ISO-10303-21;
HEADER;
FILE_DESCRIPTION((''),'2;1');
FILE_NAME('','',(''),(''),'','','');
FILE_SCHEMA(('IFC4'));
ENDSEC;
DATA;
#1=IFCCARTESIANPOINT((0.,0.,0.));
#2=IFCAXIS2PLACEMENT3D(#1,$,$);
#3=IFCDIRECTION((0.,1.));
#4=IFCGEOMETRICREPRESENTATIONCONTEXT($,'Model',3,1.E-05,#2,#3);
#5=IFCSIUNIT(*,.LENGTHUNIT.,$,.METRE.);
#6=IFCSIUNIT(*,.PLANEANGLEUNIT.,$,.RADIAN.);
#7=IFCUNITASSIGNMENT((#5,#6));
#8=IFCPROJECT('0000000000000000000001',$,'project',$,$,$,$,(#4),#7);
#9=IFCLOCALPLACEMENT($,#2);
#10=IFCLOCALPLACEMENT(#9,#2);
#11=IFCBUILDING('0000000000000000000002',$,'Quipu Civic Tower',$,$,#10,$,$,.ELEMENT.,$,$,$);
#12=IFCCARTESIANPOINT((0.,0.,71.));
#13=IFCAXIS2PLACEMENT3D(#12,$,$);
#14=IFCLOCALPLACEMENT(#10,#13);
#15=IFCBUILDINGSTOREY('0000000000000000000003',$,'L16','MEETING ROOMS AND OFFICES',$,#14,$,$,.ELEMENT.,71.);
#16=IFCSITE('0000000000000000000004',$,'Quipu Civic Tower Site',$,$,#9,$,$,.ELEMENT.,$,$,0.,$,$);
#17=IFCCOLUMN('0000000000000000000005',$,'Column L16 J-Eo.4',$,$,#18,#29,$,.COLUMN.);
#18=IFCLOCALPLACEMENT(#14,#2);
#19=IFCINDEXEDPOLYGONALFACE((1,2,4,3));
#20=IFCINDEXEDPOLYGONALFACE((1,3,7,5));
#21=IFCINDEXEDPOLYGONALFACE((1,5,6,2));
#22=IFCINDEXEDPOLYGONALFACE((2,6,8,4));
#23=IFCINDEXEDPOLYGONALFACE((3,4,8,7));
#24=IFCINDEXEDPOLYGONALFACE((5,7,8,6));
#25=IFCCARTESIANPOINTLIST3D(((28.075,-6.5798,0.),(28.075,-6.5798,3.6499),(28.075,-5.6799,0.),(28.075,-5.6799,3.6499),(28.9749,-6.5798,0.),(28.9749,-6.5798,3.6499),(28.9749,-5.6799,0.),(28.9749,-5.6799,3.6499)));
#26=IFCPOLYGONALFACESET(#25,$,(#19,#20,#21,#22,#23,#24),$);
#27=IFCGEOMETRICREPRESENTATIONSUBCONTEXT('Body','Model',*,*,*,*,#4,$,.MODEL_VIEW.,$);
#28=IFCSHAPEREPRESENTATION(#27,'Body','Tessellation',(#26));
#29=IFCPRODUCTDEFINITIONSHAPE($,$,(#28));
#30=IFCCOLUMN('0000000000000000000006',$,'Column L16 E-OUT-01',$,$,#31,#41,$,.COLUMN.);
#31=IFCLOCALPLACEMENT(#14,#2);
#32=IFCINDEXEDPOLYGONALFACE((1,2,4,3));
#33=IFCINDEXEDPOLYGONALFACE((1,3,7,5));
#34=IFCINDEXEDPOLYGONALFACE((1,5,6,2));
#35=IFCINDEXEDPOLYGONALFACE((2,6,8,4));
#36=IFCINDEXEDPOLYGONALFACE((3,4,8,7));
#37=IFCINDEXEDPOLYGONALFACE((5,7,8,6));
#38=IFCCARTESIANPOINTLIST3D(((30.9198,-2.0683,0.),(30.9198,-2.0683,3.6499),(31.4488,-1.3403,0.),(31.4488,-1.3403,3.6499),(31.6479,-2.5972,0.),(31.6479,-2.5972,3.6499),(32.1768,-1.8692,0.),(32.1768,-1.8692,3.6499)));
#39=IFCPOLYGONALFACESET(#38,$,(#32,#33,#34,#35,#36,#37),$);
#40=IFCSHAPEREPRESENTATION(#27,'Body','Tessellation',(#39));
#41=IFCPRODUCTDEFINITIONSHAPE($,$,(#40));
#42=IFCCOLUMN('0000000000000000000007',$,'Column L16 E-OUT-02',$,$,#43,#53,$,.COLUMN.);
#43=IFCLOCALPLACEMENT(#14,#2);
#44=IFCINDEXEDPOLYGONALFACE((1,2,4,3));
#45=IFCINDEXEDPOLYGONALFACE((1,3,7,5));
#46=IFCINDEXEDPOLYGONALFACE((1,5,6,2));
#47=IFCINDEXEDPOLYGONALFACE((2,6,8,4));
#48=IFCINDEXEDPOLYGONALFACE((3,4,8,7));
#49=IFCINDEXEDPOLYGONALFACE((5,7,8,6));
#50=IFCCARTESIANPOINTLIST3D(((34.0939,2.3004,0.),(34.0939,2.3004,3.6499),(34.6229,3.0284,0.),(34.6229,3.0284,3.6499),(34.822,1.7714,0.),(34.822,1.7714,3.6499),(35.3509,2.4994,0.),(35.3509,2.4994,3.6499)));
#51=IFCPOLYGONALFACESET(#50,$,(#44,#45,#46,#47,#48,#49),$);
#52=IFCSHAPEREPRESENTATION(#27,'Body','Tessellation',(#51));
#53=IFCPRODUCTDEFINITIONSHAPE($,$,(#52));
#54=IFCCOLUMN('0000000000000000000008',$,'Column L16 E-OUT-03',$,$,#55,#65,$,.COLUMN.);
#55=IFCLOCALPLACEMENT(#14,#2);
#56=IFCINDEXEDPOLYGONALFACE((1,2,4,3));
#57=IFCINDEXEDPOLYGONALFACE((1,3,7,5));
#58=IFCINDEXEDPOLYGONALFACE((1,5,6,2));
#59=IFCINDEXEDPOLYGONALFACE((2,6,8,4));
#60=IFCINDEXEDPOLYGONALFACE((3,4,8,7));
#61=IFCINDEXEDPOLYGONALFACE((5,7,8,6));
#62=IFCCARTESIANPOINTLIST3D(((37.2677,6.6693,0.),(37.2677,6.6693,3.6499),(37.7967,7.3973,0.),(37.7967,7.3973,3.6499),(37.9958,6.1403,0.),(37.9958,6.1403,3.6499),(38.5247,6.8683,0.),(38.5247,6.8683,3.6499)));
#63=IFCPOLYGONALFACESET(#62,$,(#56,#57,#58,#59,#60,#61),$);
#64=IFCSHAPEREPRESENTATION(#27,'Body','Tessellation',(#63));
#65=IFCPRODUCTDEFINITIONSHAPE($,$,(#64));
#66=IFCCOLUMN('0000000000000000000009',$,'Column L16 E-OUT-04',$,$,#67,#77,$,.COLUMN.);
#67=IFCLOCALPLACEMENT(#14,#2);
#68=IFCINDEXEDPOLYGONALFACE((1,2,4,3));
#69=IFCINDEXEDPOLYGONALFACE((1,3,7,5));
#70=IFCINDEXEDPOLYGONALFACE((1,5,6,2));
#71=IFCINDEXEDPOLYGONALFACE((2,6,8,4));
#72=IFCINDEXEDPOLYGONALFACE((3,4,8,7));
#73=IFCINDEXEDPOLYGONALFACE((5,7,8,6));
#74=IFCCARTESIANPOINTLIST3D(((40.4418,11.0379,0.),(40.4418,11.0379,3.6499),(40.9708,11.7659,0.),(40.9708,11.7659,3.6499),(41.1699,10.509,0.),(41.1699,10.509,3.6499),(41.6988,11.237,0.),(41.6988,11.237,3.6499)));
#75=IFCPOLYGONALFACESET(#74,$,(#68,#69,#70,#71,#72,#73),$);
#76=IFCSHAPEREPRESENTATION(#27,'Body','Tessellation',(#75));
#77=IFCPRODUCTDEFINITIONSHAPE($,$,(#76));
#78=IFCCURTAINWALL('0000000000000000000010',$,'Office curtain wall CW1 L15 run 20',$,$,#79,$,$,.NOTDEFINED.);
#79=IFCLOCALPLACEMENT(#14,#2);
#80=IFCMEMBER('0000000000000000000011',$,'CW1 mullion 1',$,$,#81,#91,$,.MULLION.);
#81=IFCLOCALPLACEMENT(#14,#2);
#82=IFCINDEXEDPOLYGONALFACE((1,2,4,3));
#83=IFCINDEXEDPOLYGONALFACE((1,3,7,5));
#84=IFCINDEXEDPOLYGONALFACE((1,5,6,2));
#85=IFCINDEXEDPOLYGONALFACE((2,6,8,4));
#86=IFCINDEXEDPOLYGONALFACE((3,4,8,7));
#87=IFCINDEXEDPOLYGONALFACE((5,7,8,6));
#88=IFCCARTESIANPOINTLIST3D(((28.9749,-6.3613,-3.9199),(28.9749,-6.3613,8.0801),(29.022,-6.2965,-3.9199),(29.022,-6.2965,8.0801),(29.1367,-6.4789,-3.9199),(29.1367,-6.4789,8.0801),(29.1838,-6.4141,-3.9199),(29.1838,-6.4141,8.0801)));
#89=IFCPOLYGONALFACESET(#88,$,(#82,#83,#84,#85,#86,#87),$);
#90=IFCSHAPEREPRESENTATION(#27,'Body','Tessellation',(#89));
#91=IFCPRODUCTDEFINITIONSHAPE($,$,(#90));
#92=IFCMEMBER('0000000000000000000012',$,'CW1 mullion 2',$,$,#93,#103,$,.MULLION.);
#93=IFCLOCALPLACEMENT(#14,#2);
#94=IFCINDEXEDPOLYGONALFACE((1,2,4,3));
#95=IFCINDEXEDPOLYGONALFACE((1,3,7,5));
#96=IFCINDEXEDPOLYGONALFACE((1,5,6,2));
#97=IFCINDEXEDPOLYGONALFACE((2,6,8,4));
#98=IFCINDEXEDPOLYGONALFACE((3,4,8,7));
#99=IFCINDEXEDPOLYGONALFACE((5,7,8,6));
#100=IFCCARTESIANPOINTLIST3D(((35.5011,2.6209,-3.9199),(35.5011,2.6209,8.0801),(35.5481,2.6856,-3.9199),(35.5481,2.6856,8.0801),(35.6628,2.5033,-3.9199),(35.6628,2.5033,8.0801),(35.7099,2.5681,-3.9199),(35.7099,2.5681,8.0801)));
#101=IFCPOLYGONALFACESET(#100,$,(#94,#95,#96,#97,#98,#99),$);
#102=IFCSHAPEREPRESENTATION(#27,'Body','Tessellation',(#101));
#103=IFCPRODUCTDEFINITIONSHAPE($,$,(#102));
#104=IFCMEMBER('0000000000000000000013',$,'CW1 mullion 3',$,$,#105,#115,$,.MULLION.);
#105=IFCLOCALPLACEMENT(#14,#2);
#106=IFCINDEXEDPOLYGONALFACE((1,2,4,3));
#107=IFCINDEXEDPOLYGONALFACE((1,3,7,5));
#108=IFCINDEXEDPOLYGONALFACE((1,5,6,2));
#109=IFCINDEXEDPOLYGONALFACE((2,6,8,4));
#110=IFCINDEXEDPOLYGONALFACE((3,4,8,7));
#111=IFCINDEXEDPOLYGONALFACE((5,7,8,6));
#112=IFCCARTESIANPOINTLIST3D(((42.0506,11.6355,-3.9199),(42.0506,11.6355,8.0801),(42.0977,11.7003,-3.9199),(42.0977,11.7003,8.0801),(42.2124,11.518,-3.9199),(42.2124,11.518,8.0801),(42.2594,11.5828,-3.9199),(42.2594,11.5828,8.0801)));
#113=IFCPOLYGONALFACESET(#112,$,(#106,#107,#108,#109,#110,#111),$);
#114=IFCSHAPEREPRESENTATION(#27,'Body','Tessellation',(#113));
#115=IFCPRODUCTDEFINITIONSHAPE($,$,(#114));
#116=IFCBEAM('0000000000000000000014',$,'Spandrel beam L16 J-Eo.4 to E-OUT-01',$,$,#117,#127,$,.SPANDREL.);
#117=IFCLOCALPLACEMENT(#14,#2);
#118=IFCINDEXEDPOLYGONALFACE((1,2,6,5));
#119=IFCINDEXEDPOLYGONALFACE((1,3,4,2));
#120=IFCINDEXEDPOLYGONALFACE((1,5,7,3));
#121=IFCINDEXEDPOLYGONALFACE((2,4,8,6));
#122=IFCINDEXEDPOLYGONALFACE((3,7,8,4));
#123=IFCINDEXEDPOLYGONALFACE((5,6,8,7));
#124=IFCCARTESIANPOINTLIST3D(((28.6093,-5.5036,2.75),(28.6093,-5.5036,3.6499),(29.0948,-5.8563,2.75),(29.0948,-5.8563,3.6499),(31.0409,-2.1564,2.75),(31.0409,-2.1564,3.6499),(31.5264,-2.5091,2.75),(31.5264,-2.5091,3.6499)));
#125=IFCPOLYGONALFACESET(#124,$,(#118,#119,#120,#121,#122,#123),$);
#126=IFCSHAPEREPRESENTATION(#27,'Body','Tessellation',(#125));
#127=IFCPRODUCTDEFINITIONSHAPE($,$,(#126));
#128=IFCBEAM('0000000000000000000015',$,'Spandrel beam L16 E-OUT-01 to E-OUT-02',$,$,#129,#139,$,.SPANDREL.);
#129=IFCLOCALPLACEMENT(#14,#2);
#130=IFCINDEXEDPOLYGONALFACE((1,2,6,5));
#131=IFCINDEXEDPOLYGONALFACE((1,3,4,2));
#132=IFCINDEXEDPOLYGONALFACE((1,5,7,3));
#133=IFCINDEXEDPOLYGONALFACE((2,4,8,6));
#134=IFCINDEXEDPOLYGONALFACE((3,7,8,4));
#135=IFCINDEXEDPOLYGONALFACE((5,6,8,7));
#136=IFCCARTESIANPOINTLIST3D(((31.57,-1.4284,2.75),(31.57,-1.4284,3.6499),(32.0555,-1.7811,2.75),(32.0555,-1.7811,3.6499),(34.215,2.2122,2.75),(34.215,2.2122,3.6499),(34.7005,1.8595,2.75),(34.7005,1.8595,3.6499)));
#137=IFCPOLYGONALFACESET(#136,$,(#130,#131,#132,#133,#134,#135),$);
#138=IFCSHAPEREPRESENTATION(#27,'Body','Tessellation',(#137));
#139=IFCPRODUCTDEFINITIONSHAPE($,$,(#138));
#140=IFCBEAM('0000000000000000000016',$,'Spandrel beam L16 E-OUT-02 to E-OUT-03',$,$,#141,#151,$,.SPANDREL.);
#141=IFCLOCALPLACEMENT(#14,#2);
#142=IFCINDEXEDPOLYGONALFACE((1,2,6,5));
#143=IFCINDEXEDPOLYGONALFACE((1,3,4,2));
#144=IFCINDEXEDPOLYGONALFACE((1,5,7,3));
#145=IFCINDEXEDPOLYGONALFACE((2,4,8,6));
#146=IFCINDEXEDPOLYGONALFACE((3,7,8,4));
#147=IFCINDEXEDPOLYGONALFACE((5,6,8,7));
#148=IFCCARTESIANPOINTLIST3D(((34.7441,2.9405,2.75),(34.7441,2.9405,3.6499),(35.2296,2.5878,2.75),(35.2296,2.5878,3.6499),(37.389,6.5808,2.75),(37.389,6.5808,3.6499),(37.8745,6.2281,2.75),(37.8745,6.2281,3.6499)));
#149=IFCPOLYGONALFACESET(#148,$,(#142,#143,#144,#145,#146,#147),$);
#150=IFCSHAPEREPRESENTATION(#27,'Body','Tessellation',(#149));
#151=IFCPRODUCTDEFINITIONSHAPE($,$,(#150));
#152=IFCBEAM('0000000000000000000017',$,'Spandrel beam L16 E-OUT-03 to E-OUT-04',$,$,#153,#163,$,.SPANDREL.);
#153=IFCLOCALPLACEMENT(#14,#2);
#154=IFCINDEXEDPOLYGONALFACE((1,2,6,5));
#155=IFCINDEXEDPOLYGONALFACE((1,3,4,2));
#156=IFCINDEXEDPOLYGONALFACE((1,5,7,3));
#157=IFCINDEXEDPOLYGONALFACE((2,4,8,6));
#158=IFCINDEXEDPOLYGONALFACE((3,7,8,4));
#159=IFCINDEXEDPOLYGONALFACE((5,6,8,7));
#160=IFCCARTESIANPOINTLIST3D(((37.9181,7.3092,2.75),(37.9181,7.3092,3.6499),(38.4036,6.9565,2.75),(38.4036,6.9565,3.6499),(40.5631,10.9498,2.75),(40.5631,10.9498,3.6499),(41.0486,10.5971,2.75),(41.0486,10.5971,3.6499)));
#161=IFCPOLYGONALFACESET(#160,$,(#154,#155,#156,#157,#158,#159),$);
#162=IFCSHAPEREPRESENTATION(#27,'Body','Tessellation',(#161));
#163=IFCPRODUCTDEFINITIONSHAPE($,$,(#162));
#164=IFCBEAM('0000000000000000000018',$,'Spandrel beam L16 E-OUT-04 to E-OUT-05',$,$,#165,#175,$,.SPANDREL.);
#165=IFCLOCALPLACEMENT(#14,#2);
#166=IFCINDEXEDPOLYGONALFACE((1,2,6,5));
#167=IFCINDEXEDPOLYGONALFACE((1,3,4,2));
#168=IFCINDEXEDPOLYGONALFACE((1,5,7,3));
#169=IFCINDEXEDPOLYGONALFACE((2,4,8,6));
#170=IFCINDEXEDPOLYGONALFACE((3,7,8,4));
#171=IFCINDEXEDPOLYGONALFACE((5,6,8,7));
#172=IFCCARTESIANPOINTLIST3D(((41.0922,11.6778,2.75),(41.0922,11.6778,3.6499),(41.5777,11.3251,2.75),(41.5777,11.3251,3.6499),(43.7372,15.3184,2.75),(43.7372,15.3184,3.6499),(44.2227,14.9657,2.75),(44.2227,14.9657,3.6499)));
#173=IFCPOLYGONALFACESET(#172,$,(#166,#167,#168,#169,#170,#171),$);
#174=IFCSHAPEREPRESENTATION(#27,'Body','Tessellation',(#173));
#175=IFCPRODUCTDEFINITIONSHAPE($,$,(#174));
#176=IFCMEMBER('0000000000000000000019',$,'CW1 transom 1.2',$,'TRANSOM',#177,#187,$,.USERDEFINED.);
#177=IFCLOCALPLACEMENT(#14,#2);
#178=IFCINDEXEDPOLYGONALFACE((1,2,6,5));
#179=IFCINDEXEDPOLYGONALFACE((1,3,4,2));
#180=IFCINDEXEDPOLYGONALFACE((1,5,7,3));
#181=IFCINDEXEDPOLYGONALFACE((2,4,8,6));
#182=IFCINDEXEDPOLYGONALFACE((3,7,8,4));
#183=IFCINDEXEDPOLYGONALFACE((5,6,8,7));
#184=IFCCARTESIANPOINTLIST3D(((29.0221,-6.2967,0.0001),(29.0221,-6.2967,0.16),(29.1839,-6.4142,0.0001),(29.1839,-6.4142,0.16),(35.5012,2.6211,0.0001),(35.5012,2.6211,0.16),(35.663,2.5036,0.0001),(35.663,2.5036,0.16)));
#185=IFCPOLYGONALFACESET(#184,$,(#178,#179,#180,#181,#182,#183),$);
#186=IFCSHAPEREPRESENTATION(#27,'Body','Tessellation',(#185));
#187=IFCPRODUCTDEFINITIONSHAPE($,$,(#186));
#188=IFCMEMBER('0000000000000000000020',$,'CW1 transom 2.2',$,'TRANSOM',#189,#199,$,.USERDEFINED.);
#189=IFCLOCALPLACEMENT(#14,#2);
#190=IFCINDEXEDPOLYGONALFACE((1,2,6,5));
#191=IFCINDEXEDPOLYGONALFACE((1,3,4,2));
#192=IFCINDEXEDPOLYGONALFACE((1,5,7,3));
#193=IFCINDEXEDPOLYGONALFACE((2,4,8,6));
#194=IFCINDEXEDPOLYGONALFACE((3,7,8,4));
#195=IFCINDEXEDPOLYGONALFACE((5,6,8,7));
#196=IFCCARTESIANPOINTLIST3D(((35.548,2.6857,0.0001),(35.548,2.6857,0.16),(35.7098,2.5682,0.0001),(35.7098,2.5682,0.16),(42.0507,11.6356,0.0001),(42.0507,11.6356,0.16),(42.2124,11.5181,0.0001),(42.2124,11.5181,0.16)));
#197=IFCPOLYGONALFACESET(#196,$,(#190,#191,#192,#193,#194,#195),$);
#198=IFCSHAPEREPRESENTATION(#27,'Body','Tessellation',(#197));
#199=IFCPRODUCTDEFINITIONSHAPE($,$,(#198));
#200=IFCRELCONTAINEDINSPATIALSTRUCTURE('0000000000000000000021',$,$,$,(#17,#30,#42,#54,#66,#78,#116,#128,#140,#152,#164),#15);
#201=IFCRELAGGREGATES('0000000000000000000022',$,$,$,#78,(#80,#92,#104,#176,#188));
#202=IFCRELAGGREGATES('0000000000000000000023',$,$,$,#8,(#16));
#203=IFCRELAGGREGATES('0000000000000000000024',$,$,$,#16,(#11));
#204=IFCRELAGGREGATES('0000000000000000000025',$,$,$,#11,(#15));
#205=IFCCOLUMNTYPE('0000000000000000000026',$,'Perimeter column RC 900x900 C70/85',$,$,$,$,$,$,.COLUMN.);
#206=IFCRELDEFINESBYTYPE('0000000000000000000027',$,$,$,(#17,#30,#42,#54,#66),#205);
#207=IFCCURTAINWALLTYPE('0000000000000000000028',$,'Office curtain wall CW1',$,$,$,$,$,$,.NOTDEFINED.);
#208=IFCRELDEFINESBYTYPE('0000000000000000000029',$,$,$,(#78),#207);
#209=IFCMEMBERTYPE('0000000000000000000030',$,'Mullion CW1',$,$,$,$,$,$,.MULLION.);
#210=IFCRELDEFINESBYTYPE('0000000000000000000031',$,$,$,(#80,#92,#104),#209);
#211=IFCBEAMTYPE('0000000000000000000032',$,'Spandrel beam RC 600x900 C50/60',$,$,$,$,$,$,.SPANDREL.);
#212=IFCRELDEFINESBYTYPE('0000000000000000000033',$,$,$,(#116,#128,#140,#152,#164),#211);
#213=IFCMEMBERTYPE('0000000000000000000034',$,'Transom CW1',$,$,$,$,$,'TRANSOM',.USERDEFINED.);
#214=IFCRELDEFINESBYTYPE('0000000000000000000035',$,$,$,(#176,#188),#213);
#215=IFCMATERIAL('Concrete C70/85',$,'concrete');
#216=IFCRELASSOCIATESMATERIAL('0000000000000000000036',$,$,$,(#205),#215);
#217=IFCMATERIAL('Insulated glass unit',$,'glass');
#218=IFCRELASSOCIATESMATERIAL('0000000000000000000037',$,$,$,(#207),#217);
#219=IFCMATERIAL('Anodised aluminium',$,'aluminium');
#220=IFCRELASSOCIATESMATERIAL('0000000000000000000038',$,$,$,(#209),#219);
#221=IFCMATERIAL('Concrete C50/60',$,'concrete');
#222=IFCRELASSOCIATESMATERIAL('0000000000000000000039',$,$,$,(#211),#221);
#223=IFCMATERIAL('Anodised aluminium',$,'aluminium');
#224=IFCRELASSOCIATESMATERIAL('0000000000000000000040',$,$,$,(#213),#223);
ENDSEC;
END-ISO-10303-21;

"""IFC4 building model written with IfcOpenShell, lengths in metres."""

from ifc_helpers import new_model, si_unit, direction, frame, origin, origin_2d, place, context, subcontext, project, spatial, rectangle, extrude, material, material_profile, profile_set, type_object, element, aggregate, save


model = new_model("IFC4")

# Units and contexts
model_context = context("Model", 3, precision=1e-05, world=origin(), true_north=direction((0.0, 1.0)))
body_context = subcontext(model_context, "Body", "Model", "MODEL_VIEW")
ifc_project = project(units=[si_unit("LENGTHUNIT", "METRE"), si_unit("PLANEANGLEUNIT", "RADIAN")], contexts=[model_context])

# Site, building, storey
site_placement = place(None, origin())
site = spatial("IfcSite", under=ifc_project, at=site_placement, Name="Quipu Civic Tower Site", CompositionType="ELEMENT", RefElevation=0.0)
building_placement = place(site_placement, origin())
building = spatial("IfcBuilding", under=site, at=building_placement, Name="Quipu Civic Tower", CompositionType="ELEMENT")
storey_placement = place(building_placement, frame((0.0, 0.0, 71.0)))
storey = spatial("IfcBuildingStorey", under=building, at=storey_placement, Name="L16", Description="MEETING ROOMS AND OFFICES", CompositionType="ELEMENT", Elevation=71.0)

# Columns
ifc_material_1 = material(Name="Concrete C70/85", Category="concrete")
ifc_material_profile_1 = material_profile(ifc_material_1, rectangle(XDim=0.8999, YDim=0.8999, at=origin_2d()), Name="RC900x900")
ifc_profile_set_1 = profile_set([ifc_material_profile_1], Name="Concrete C70/85")
column_type = type_object("IfcColumnType", Name="Perimeter column RC 900x900 C70/85", PredefinedType="COLUMN", material=ifc_profile_set_1)
for number, where, z_axis, x_axis, name in (
    (1, (28.5249, -6.1299, 0.0), (0.0, 0.0, 1.0), (1.0, 0.0, 0.0), "Column L16 J-Eo.4"),
    (2, (31.5483, -1.9688, 0.0), (0.0, 0.0, 1.0), (0.587785, 0.809017, 0.0), "Column L16 E-OUT-01"),
    (3, (34.7224, 2.3999, 0.0), (0.0, 0.0, 1.0), (0.587785, 0.809017, 0.0), "Column L16 E-OUT-02"),
    (4, (37.8962, 6.7688, 0.0), (0.0, 0.0, 1.0), (0.587785, 0.809017, 0.0), "Column L16 E-OUT-03"),
    (5, (41.0703, 11.1375, 0.0), (0.0, 0.0, 1.0), (0.587785, 0.809017, 0.0), "Column L16 E-OUT-04"),
):
    element("IfcColumn", number, at=place(storey_placement, frame(where, z_axis=z_axis, x_axis=x_axis)), inside=storey, type_object=column_type, Name=name, PredefinedType="COLUMN", context=body_context, shape_type="SweptSolid", body=[
        extrude(rectangle(XDim=0.8999, YDim=0.8999, at=origin_2d()), origin(), (0.0, 0.0, 1.0), 3.6499),
    ])

# Curtain wall, members
ifc_material_2 = material(Name="Insulated glass unit", Category="glass")
curtain_wall_type = type_object("IfcCurtainWallType", Name="Office curtain wall CW1", PredefinedType="NOTDEFINED", material=ifc_material_2)
curtain_wall_placement = place(storey_placement, origin())
curtain_wall = element("IfcCurtainWall", 6, at=curtain_wall_placement, inside=storey, type_object=curtain_wall_type, Name="Office curtain wall CW1 L15 run 20", PredefinedType="NOTDEFINED")
ifc_material_3 = material(Name="Anodised aluminium", Category="aluminium")
ifc_material_profile_2 = material_profile(ifc_material_3, rectangle(XDim=0.2, YDim=0.0801, at=origin_2d()), Name="RECT 200x80")
ifc_profile_set_2 = profile_set([ifc_material_profile_2], Name="Anodised aluminium")
member_type_1 = type_object("IfcMemberType", Name="Mullion CW1", PredefinedType="MULLION", material=ifc_profile_set_2)
member_1_placement = place(storey_placement, frame((29.0793, -6.3877, -3.9199), z_axis=(0.0, 0.0, 1.0), x_axis=(-0.809017, 0.587786, 0.0)))
member_1 = element("IfcMember", 7, at=member_1_placement, type_object=member_type_1, Name="CW1 mullion 1", PredefinedType="MULLION", context=body_context, shape_type="SweptSolid", body=[
    extrude(rectangle(XDim=0.2, YDim=0.0801, at=origin_2d()), origin(), (0.0, 0.0, 1.0), 12.0),
])
member_2_placement = place(storey_placement, frame((35.6055, 2.5945, -3.9199), z_axis=(0.0, 0.0, 1.0), x_axis=(-0.809017, 0.587786, 0.0)))
member_2 = element("IfcMember", 8, at=member_2_placement, type_object=member_type_1, Name="CW1 mullion 2", PredefinedType="MULLION", context=body_context, shape_type="SweptSolid", body=[
    extrude(rectangle(XDim=0.2, YDim=0.0801, at=origin_2d()), origin(), (0.0, 0.0, 1.0), 12.0),
])
member_3_placement = place(storey_placement, frame((42.155, 11.6091, -3.9199), z_axis=(0.0, 0.0, 1.0), x_axis=(-0.809017, 0.587786, 0.0)))
member_3 = element("IfcMember", 9, at=member_3_placement, type_object=member_type_1, Name="CW1 mullion 3", PredefinedType="MULLION", context=body_context, shape_type="SweptSolid", body=[
    extrude(rectangle(XDim=0.2, YDim=0.0801, at=origin_2d()), origin(), (0.0, 0.0, 1.0), 12.0),
])

# Beams
ifc_material_4 = material(Name="Concrete C50/60", Category="concrete")
ifc_material_profile_3 = material_profile(ifc_material_4, rectangle(XDim=0.6001, YDim=0.8999, at=origin_2d()), Name="RC600x900")
ifc_profile_set_3 = profile_set([ifc_material_profile_3], Name="Concrete C50/60")
beam_type = type_object("IfcBeamType", Name="Spandrel beam RC 600x900 C50/60", PredefinedType="SPANDREL", material=ifc_profile_set_3)
beam_1_placement = place(storey_placement, frame((28.8521, -5.6799, 3.2), z_axis=(0.587751, 0.809042, 0.0), x_axis=(-0.809042, 0.587751, 0.0)))
element("IfcBeam", 10, at=beam_1_placement, inside=storey, type_object=beam_type, Name="Spandrel beam L16 J-Eo.4 to E-OUT-01", PredefinedType="SPANDREL", context=body_context, shape_type="SweptSolid", body=[
    extrude(rectangle(XDim=0.6001, YDim=0.8999, at=origin_2d()), origin(), (0.0, 0.0, 1.0), 4.1372),
])
beam_2_placement = place(storey_placement, frame((31.8127, -1.6047, 3.2), z_axis=(0.587778, 0.809022, 0.0), x_axis=(-0.809022, 0.587778, 0.0)))
element("IfcBeam", 11, at=beam_2_placement, inside=storey, type_object=beam_type, Name="Spandrel beam L16 E-OUT-01 to E-OUT-02", PredefinedType="SPANDREL", context=body_context, shape_type="SweptSolid", body=[
    extrude(rectangle(XDim=0.6001, YDim=0.8999, at=origin_2d()), origin(), (0.0, 0.0, 1.0), 4.5),
])
beam_3_placement = place(storey_placement, frame((34.9868, 2.7642, 3.2), z_axis=(0.587804, 0.809003, 0.0), x_axis=(-0.809003, 0.587804, 0.0)))
element("IfcBeam", 12, at=beam_3_placement, inside=storey, type_object=beam_type, Name="Spandrel beam L16 E-OUT-02 to E-OUT-03", PredefinedType="SPANDREL", context=body_context, shape_type="SweptSolid", body=[
    extrude(rectangle(XDim=0.6001, YDim=0.8999, at=origin_2d()), origin(), (0.0, 0.0, 1.0), 4.4998),
])
for number, where, z_axis, x_axis, name in (
    (13, (38.1609, 7.1328, 3.2), (0.587778, 0.809022, 0.0), (-0.809022, 0.587778, 0.0), "Spandrel beam L16 E-OUT-03 to E-OUT-04"),
    (14, (41.335, 11.5015, 3.2), (0.587778, 0.809022, 0.0), (-0.809022, 0.587778, 0.0), "Spandrel beam L16 E-OUT-04 to E-OUT-05"),
):
    element("IfcBeam", number, at=place(storey_placement, frame(where, z_axis=z_axis, x_axis=x_axis)), inside=storey, type_object=beam_type, Name=name, PredefinedType="SPANDREL", context=body_context, shape_type="SweptSolid", body=[
        extrude(rectangle(XDim=0.6001, YDim=0.8999, at=origin_2d()), origin(), (0.0, 0.0, 1.0), 4.5),
    ])

# Members
ifc_material_5 = material(Name="Anodised aluminium", Category="aluminium")
ifc_material_profile_4 = material_profile(ifc_material_5, rectangle(XDim=0.2, YDim=0.1599, at=origin_2d()), Name="RECT 200x160")
ifc_profile_set_4 = profile_set([ifc_material_profile_4], Name="Anodised aluminium")
member_type_2 = type_object("IfcMemberType", Name="Transom CW1", ElementType="TRANSOM", PredefinedType="USERDEFINED", material=ifc_profile_set_4)
member_4_placement = place(storey_placement, frame((29.103, -6.3555, 0.0801), z_axis=(0.587779, 0.809021, 0.0), x_axis=(-0.809021, 0.587779, 0.0)))
member_4 = element("IfcMember", 15, at=member_4_placement, type_object=member_type_2, Name="CW1 transom 1.2", ObjectType="TRANSOM", PredefinedType="USERDEFINED", context=body_context, shape_type="SweptSolid", body=[
    extrude(rectangle(XDim=0.2, YDim=0.1599, at=origin_2d()), origin(), (0.0, 0.0, 1.0), 11.0229),
])
member_5_placement = place(storey_placement, frame((35.6289, 2.627, 0.0801), z_axis=(0.587795, 0.80901, 0.0), x_axis=(-0.80901, 0.587795, 0.0)))
member_5 = element("IfcMember", 16, at=member_5_placement, type_object=member_type_2, Name="CW1 transom 2.2", ObjectType="TRANSOM", PredefinedType="USERDEFINED", context=body_context, shape_type="SweptSolid", body=[
    extrude(rectangle(XDim=0.2, YDim=0.1599, at=origin_2d()), origin(), (0.0, 0.0, 1.0), 11.0627),
])

aggregate(curtain_wall, [member_1, member_2, member_3, member_4, member_5])

save(model, "model.ifc")
